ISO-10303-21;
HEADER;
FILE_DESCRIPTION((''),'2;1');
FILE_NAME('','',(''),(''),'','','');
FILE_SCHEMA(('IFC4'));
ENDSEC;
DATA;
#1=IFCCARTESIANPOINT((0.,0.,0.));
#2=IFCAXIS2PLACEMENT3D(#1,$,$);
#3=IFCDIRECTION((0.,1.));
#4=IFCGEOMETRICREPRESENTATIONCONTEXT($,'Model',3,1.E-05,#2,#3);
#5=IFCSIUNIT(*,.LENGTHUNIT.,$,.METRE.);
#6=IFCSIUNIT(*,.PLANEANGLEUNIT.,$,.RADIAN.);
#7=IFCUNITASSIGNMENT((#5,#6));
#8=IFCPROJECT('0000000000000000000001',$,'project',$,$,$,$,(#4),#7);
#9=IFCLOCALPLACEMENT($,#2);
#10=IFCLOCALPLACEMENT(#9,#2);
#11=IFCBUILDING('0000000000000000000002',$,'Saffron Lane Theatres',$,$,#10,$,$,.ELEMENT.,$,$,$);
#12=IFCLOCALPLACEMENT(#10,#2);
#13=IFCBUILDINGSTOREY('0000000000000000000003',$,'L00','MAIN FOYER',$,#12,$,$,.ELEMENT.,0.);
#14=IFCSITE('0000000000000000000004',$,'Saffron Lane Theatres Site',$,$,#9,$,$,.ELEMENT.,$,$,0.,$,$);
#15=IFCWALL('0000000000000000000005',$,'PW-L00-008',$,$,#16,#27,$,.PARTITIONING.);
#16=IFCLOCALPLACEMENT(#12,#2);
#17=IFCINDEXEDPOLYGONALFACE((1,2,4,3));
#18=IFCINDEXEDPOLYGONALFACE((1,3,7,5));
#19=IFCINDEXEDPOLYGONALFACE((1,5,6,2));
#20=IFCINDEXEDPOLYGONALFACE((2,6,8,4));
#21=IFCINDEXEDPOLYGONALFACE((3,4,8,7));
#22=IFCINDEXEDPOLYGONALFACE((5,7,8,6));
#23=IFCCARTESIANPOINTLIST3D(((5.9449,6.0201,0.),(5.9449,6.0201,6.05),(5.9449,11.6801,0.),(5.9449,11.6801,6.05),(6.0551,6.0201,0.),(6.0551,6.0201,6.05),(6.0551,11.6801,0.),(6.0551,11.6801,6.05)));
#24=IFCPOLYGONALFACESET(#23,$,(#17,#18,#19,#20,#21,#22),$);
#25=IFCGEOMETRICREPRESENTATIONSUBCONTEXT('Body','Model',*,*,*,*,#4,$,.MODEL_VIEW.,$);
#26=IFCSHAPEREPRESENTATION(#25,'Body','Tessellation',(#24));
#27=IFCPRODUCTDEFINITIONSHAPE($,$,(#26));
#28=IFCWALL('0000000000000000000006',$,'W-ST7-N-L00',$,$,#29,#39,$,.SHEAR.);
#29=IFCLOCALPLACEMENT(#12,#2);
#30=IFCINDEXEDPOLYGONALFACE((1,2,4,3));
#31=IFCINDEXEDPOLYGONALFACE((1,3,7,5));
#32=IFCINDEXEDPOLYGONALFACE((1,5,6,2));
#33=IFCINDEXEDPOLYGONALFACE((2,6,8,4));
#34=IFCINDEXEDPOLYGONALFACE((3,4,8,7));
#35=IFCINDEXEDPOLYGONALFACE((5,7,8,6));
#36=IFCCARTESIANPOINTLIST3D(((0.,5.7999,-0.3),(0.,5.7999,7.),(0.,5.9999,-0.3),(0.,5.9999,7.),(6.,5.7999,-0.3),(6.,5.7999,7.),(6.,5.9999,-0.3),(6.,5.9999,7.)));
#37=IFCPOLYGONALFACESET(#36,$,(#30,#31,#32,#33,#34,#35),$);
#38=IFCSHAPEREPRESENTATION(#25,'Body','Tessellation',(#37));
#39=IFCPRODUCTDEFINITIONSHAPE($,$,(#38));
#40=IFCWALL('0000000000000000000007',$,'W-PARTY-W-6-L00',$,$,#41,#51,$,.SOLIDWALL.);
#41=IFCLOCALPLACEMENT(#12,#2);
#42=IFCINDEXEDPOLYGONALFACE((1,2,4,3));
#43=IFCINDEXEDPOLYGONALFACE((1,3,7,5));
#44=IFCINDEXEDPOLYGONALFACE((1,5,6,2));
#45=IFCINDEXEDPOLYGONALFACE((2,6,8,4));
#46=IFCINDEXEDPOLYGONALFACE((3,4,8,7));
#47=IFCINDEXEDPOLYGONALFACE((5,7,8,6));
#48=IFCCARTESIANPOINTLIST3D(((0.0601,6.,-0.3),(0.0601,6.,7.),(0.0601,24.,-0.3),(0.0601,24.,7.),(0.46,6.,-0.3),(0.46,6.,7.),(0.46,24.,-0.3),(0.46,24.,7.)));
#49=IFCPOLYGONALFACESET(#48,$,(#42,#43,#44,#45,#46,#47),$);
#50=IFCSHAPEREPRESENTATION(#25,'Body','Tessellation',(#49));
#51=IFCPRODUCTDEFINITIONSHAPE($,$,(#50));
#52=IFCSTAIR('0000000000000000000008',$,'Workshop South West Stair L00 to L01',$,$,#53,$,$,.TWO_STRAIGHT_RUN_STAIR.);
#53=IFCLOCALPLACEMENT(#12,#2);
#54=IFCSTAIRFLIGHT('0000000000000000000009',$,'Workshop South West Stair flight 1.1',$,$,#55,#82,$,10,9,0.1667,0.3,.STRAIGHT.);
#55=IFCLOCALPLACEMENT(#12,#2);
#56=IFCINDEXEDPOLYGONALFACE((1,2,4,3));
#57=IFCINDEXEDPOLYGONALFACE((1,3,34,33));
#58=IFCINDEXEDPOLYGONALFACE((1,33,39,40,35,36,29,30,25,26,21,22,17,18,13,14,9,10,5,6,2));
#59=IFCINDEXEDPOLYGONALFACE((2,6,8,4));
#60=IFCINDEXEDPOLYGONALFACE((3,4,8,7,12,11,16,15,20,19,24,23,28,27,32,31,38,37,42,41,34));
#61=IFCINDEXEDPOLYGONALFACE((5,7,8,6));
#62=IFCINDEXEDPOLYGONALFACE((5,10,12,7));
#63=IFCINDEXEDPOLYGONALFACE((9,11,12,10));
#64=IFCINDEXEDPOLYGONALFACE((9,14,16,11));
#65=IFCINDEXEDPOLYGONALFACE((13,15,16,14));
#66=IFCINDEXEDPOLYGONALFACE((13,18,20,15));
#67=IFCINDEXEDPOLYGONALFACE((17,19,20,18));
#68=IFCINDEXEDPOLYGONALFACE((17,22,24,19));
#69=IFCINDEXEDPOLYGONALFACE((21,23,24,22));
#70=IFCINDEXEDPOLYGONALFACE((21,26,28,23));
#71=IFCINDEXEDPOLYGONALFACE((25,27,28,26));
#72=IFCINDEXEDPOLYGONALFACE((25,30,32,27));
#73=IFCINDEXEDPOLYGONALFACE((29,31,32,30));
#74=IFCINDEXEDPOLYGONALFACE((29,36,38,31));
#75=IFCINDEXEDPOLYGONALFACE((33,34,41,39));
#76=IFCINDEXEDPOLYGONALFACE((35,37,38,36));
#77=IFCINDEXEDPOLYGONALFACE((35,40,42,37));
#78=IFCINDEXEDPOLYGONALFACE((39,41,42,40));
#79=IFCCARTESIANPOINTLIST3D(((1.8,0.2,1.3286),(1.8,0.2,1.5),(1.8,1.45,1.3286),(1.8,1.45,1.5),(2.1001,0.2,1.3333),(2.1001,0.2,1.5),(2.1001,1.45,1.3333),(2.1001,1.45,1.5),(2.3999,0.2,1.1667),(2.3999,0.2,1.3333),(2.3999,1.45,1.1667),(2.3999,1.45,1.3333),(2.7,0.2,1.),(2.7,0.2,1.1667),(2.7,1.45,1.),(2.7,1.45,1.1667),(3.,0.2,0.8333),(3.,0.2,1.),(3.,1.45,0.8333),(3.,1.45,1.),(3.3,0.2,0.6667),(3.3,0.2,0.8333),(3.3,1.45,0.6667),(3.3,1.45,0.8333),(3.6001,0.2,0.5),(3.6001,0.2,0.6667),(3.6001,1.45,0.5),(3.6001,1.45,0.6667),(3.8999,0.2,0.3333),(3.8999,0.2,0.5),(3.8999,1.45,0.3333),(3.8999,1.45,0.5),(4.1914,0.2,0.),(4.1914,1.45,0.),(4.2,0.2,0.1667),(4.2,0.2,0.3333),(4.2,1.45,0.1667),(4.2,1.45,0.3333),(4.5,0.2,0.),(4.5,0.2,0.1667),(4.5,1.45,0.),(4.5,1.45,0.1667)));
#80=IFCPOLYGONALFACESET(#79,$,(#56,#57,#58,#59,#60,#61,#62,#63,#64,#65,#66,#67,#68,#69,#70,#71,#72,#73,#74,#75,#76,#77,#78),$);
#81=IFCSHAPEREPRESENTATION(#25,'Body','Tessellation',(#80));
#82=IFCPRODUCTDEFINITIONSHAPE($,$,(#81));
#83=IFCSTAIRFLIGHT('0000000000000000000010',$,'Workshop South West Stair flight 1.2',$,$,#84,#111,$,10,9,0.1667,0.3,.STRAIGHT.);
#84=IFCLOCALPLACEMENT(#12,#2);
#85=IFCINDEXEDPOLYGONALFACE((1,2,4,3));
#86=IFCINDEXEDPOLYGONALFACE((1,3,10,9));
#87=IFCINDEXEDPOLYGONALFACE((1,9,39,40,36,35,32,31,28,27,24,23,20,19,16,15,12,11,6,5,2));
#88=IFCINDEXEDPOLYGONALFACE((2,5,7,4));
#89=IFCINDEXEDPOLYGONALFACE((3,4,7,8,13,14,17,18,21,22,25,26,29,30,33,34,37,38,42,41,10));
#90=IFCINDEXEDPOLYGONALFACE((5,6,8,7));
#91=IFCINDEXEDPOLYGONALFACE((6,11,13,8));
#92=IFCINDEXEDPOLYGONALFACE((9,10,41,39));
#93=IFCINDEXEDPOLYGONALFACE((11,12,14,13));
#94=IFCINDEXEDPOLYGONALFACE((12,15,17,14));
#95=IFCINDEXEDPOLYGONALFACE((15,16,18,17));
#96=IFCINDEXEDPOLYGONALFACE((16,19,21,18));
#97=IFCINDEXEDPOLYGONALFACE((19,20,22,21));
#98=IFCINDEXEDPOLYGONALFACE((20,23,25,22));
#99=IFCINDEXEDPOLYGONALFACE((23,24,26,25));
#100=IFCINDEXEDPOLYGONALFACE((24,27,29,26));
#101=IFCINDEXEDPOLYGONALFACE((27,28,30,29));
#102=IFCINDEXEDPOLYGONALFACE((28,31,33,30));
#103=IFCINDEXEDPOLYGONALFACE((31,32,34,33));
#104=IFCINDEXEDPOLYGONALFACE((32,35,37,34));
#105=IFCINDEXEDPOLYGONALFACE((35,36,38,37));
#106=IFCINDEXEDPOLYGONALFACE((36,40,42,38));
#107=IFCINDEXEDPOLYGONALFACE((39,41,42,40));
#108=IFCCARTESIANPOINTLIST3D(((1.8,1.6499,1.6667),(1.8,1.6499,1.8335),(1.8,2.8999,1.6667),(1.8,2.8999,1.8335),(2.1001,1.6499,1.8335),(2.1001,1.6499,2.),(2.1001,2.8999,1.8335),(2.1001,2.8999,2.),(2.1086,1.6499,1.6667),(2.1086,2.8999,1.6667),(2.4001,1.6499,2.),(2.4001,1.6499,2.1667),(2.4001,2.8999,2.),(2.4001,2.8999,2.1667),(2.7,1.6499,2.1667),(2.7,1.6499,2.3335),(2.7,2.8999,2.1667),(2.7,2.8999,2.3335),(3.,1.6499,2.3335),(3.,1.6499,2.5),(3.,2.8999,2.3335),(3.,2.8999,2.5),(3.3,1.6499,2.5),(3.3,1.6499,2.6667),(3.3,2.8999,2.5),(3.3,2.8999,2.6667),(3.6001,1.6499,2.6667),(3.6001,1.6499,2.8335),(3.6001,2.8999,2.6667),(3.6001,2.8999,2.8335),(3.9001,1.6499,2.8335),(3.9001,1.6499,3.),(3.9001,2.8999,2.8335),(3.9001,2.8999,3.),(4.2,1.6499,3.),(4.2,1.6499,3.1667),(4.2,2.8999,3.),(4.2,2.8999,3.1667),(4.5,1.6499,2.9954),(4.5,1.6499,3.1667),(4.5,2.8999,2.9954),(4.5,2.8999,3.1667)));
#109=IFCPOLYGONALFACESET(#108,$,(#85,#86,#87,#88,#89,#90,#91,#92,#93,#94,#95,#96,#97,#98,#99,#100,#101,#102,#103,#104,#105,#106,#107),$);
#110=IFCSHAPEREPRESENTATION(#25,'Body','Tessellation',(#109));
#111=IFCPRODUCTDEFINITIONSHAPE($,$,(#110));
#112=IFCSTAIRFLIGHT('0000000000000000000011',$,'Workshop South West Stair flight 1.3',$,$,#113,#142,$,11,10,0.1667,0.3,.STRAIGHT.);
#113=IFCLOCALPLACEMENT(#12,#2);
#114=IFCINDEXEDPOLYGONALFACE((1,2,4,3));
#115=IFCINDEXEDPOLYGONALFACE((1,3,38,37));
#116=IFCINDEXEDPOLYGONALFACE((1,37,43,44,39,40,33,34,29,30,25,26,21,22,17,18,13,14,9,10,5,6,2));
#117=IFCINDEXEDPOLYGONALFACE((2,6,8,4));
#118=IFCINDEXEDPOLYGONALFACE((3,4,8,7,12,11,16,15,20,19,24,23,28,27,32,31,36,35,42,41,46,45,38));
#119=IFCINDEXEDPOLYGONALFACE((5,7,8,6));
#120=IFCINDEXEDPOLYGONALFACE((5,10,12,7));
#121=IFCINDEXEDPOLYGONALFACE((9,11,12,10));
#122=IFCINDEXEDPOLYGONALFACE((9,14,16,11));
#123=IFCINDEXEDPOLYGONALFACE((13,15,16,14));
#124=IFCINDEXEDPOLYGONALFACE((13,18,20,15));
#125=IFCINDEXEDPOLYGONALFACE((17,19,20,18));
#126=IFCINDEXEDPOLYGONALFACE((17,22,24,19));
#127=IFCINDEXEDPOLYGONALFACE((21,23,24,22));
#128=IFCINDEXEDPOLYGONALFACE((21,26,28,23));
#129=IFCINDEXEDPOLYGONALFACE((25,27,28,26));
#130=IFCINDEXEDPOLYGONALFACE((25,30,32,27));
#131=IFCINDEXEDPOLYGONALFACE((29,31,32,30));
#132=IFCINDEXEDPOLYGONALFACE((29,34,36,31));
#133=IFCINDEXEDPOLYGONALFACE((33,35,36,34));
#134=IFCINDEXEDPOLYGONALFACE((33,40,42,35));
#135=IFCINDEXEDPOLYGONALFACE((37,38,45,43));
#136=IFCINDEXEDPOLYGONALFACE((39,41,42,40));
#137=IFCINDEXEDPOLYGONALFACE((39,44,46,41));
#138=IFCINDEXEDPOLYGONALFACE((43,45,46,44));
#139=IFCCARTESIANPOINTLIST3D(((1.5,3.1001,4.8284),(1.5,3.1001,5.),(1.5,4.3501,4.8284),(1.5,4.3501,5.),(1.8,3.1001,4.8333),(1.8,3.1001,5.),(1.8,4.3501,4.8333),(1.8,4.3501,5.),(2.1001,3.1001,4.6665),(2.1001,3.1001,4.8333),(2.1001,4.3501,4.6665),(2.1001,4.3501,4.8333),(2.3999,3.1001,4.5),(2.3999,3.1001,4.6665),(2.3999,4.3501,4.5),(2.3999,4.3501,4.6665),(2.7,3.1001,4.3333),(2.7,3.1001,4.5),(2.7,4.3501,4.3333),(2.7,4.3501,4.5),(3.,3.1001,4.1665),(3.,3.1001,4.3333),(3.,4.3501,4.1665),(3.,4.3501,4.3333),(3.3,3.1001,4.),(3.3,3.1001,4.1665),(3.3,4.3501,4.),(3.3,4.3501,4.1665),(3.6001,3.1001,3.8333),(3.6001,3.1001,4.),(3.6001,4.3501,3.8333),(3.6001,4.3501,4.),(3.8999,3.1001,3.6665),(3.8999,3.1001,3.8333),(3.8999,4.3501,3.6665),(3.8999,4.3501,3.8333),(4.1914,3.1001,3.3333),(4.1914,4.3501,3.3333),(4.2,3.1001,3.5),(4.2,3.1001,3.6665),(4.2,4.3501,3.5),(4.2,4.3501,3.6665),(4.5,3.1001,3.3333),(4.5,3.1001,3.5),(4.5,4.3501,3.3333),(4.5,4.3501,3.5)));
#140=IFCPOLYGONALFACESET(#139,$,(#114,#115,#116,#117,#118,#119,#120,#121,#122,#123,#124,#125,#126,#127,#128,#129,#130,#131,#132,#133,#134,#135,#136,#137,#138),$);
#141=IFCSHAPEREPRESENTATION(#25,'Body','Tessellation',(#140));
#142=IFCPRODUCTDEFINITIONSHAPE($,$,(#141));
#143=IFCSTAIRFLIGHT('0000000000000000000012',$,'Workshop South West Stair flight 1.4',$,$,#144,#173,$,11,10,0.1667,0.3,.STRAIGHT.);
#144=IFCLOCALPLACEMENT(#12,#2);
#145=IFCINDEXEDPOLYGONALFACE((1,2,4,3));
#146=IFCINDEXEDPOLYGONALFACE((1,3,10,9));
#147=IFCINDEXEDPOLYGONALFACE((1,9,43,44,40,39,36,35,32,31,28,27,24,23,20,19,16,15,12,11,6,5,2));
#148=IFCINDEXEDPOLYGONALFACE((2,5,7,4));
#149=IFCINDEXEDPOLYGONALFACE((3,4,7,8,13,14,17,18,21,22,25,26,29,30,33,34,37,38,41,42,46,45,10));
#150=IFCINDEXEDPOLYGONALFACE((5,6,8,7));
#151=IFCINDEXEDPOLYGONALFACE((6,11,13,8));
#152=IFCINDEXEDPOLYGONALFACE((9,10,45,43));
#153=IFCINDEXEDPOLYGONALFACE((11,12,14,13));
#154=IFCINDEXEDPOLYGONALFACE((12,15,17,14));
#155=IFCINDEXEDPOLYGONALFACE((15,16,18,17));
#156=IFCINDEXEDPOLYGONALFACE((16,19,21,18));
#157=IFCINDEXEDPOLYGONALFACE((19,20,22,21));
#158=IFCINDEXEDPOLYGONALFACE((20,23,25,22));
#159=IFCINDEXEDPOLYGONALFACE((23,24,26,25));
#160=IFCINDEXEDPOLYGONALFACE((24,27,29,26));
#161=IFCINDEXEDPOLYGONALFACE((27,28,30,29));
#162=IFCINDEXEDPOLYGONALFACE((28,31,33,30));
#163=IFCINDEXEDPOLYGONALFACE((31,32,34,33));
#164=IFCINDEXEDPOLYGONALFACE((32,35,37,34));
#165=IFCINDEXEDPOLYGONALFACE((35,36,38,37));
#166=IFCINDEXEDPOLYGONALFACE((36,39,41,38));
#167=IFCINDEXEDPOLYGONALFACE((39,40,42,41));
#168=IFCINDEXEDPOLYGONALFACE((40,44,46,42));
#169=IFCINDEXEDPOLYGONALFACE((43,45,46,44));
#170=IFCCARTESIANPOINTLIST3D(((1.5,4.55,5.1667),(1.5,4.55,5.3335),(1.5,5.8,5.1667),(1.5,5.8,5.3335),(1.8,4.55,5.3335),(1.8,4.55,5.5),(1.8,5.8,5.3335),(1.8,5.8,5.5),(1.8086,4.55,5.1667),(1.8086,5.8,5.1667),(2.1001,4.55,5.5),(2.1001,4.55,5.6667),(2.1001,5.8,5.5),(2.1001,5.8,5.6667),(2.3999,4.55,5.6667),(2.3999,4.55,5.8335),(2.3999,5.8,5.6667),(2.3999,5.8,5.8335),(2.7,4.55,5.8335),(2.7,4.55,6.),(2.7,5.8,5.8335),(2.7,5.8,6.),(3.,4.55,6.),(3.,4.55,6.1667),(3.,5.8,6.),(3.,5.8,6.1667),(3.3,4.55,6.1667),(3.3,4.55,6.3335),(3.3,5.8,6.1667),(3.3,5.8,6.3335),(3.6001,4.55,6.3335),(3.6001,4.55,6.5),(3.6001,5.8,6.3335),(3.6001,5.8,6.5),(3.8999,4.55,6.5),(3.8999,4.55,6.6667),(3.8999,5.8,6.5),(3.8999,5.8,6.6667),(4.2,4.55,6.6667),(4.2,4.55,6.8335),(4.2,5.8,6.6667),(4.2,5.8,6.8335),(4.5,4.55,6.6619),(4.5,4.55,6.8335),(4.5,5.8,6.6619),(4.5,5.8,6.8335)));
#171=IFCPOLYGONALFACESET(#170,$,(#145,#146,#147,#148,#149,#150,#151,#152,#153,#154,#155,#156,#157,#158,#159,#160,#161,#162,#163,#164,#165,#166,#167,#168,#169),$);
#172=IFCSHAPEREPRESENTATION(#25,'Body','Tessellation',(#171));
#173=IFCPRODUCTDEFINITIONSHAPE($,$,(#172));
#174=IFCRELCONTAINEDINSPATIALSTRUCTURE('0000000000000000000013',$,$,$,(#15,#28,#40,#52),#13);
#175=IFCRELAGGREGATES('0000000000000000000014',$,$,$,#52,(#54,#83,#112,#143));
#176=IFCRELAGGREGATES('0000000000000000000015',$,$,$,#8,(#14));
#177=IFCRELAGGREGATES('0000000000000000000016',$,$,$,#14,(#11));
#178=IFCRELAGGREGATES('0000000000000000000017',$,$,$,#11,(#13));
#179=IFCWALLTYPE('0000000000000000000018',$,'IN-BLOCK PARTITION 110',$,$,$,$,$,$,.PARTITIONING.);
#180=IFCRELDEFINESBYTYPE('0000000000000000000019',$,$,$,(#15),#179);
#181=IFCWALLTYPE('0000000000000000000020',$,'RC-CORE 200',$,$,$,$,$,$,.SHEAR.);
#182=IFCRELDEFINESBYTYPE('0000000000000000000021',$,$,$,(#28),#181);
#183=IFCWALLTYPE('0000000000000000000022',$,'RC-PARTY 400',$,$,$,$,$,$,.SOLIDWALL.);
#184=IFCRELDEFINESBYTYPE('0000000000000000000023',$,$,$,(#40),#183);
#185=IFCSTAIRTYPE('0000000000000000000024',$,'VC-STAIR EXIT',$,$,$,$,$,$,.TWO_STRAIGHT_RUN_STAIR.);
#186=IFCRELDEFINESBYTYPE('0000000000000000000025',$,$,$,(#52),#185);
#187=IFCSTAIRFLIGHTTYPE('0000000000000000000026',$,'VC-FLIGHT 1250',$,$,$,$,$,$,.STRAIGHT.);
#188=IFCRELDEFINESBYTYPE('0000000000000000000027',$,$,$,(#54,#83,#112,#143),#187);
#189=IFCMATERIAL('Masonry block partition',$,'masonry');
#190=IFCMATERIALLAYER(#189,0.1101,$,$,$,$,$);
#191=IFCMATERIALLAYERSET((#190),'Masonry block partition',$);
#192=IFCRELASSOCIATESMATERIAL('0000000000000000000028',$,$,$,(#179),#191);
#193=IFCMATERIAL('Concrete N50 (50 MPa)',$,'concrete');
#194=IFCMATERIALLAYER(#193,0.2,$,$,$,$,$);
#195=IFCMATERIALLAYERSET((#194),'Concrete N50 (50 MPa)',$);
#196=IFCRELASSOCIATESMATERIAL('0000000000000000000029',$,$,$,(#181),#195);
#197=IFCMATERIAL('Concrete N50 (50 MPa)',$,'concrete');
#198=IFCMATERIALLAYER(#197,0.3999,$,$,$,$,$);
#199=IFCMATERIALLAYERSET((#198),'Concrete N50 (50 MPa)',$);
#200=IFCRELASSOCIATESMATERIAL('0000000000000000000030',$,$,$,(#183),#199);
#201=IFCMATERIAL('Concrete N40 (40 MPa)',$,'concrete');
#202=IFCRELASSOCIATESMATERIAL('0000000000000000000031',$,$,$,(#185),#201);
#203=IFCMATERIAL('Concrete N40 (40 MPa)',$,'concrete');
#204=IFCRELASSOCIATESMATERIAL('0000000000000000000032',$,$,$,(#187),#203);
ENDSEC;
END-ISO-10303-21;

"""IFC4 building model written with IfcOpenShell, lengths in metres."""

from ifc_helpers import new_model, si_unit, direction, frame, frame_2d, origin, place, context, subcontext, project, spatial, polyline, rectangle, outline, extrude, material, layer, layer_set, type_object, element, aggregate, save


model = new_model("IFC4")

# Units and contexts
model_context = context("Model", 3, precision=1e-05, world=origin(), true_north=direction((0.0, 1.0)))
body_context = subcontext(model_context, "Body", "Model", "MODEL_VIEW")
ifc_project = project(units=[si_unit("LENGTHUNIT", "METRE"), si_unit("PLANEANGLEUNIT", "RADIAN")], contexts=[model_context])

# Site, building, storey
site_placement = place(None, origin())
site = spatial("IfcSite", under=ifc_project, at=site_placement, Name="Saffron Lane Theatres Site", CompositionType="ELEMENT", RefElevation=0.0)
building_placement = place(site_placement, origin())
building = spatial("IfcBuilding", under=site, at=building_placement, Name="Saffron Lane Theatres", CompositionType="ELEMENT")
storey_placement = place(building_placement, origin())
storey = spatial("IfcBuildingStorey", under=building, at=storey_placement, Name="L00", Description="MAIN FOYER", CompositionType="ELEMENT", Elevation=0.0)

# Walls
ifc_material_1 = material(Name="Masonry block partition", Category="masonry")
ifc_layer_1 = layer(ifc_material_1, 0.1101)
ifc_layer_set_1 = layer_set([ifc_layer_1], Name="Masonry block partition")
wall_type_1 = type_object("IfcWallType", Name="IN-BLOCK PARTITION 110", PredefinedType="PARTITIONING", material=ifc_layer_set_1)
wall_1_placement = place(storey_placement, frame((6.0, 6.02, 0.0), z_axis=(0.0, 0.0, 1.0), x_axis=(0.0, 1.0, 0.0)))
element("IfcWall", 1, at=wall_1_placement, inside=storey, type_object=wall_type_1, Name="PW-L00-008", PredefinedType="PARTITIONING", context=body_context, shape_type="SweptSolid", body=[
    extrude(rectangle(XDim=5.6599, YDim=0.1101, at=frame_2d((2.8301, 0.0))), origin(), (0.0, 0.0, 1.0), 6.05),
])
ifc_material_2 = material(Name="Concrete N50 (50 MPa)", Category="concrete")
ifc_layer_2 = layer(ifc_material_2, 0.2)
ifc_layer_set_2 = layer_set([ifc_layer_2], Name="Concrete N50 (50 MPa)")
wall_type_2 = type_object("IfcWallType", Name="RC-CORE 200", PredefinedType="SHEAR", material=ifc_layer_set_2)
wall_2_placement = place(storey_placement, frame((0.0, 5.8999, -0.3), z_axis=(0.0, 0.0, 1.0), x_axis=(1.0, 0.0, 0.0)))
element("IfcWall", 2, at=wall_2_placement, inside=storey, type_object=wall_type_2, Name="W-ST7-N-L00", PredefinedType="SHEAR", context=body_context, shape_type="SweptSolid", body=[
    extrude(rectangle(XDim=6.0, YDim=0.2, at=frame_2d((3.0, 0.0))), origin(), (0.0, 0.0, 1.0), 7.3),
])
ifc_material_3 = material(Name="Concrete N50 (50 MPa)", Category="concrete")
ifc_layer_3 = layer(ifc_material_3, 0.3999)
ifc_layer_set_3 = layer_set([ifc_layer_3], Name="Concrete N50 (50 MPa)")
wall_type_3 = type_object("IfcWallType", Name="RC-PARTY 400", PredefinedType="SOLIDWALL", material=ifc_layer_set_3)
wall_3_placement = place(storey_placement, frame((0.26, 6.0, -0.3), z_axis=(0.0, 0.0, 1.0), x_axis=(0.0, 1.0, 0.0)))
element("IfcWall", 3, at=wall_3_placement, inside=storey, type_object=wall_type_3, Name="W-PARTY-W-6-L00", PredefinedType="SOLIDWALL", context=body_context, shape_type="SweptSolid", body=[
    extrude(rectangle(XDim=18.0, YDim=0.3999, at=frame_2d((9.0, 0.0))), origin(), (0.0, 0.0, 1.0), 7.3),
])

# Stair, stair flights
ifc_material_4 = material(Name="Concrete N40 (40 MPa)", Category="concrete")
stair_type = type_object("IfcStairType", Name="VC-STAIR EXIT", PredefinedType="TWO_STRAIGHT_RUN_STAIR", material=ifc_material_4)
stair_placement = place(storey_placement, origin())
stair = element("IfcStair", 4, at=stair_placement, inside=storey, type_object=stair_type, Name="Workshop South West Stair L00 to L01", PredefinedType="TWO_STRAIGHT_RUN_STAIR")
ifc_material_5 = material(Name="Concrete N40 (40 MPa)", Category="concrete")
stair_flight_type = type_object("IfcStairFlightType", Name="VC-FLIGHT 1250", PredefinedType="STRAIGHT", material=ifc_material_5)
stair_flight_1_placement = place(storey_placement, frame((4.5, 0.825, 0.0), z_axis=(0.0, 0.0, 1.0), x_axis=(-1.0, 0.0, 0.0)))
stair_flight_1 = element("IfcStairFlight", 5, at=stair_flight_1_placement, type_object=stair_flight_type, Name="Workshop South West Stair flight 1.1", NumberOfRisers=10, NumberOfTreads=9, PredefinedType="STRAIGHT", RiserHeight=0.1667, TreadLength=0.3, context=body_context, shape_type="SweptSolid", body=[
    extrude(outline(polyline([(0.0, 0.0), (0.0, 0.1667), (0.3, 0.1667), (0.3, 0.3333), (0.6001, 0.3333), (0.6001, 0.5), (0.8999, 0.5), (0.8999, 0.6667), (1.2, 0.6667), (1.2, 0.8333), (1.5, 0.8333), (1.5, 1.0), (1.8, 1.0), (1.8, 1.1667), (2.1001, 1.1667), (2.1001, 1.3333), (2.3999, 1.3333), (2.3999, 1.5), (2.7, 1.5), (2.7, 1.6667), (2.7, 1.3286), (0.3086, 0.0), (0.0, 0.0)])), frame((0.0, 0.625, 0.0), z_axis=(0.0, -1.0, 0.0), x_axis=(1.0, 0.0, 0.0)), (0.0, 0.0, 1.0), 1.25),
])
stair_flight_2_placement = place(storey_placement, frame((1.8, 2.2749, 1.6667), z_axis=(0.0, 0.0, 1.0), x_axis=(1.0, 0.0, 0.0)))
stair_flight_2 = element("IfcStairFlight", 6, at=stair_flight_2_placement, type_object=stair_flight_type, Name="Workshop South West Stair flight 1.2", NumberOfRisers=10, NumberOfTreads=9, PredefinedType="STRAIGHT", RiserHeight=0.1667, TreadLength=0.3, context=body_context, shape_type="SweptSolid", body=[
    extrude(outline(polyline([(0.0, 0.0), (0.0, 0.1667), (0.3, 0.1667), (0.3, 0.3333), (0.6001, 0.3333), (0.6001, 0.5), (0.8999, 0.5), (0.8999, 0.6667), (1.2, 0.6667), (1.2, 0.8333), (1.5, 0.8333), (1.5, 1.0), (1.8, 1.0), (1.8, 1.1667), (2.1001, 1.1667), (2.1001, 1.3333), (2.3999, 1.3333), (2.3999, 1.5), (2.7, 1.5), (2.7, 1.6667), (2.7, 1.3286), (0.3086, 0.0), (0.0, 0.0)])), frame((0.0, 0.625, 0.0), z_axis=(0.0, -1.0, 0.0), x_axis=(1.0, 0.0, 0.0)), (0.0, 0.0, 1.0), 1.25),
])
stair_flight_3_placement = place(storey_placement, frame((4.5, 3.7251, 3.3333), z_axis=(0.0, 0.0, 1.0), x_axis=(-1.0, 0.0, 0.0)))
stair_flight_3 = element("IfcStairFlight", 7, at=stair_flight_3_placement, type_object=stair_flight_type, Name="Workshop South West Stair flight 1.3", NumberOfRisers=11, NumberOfTreads=10, PredefinedType="STRAIGHT", RiserHeight=0.1667, TreadLength=0.3, context=body_context, shape_type="SweptSolid", body=[
    extrude(outline(polyline([(0.0, 0.0), (0.0, 0.1667), (0.3, 0.1667), (0.3, 0.3333), (0.6001, 0.3333), (0.6001, 0.5), (0.8999, 0.5), (0.8999, 0.6667), (1.2, 0.6667), (1.2, 0.8333), (1.5, 0.8333), (1.5, 1.0), (1.8, 1.0), (1.8, 1.1667), (2.1001, 1.1667), (2.1001, 1.3333), (2.3999, 1.3333), (2.3999, 1.5), (2.7, 1.5), (2.7, 1.6667), (3.0, 1.6667), (3.0, 1.8333), (3.0, 1.4951), (0.3086, 0.0), (0.0, 0.0)])), frame((0.0, 0.625, 0.0), z_axis=(0.0, -1.0, 0.0), x_axis=(1.0, 0.0, 0.0)), (0.0, 0.0, 1.0), 1.25),
])
stair_flight_4_placement = place(storey_placement, frame((1.5, 5.175, 5.1667), z_axis=(0.0, 0.0, 1.0), x_axis=(1.0, 0.0, 0.0)))
stair_flight_4 = element("IfcStairFlight", 8, at=stair_flight_4_placement, type_object=stair_flight_type, Name="Workshop South West Stair flight 1.4", NumberOfRisers=11, NumberOfTreads=10, PredefinedType="STRAIGHT", RiserHeight=0.1667, TreadLength=0.3, context=body_context, shape_type="SweptSolid", body=[
    extrude(outline(polyline([(0.0, 0.0), (0.0, 0.1667), (0.3, 0.1667), (0.3, 0.3333), (0.6001, 0.3333), (0.6001, 0.5), (0.8999, 0.5), (0.8999, 0.6667), (1.2, 0.6667), (1.2, 0.8333), (1.5, 0.8333), (1.5, 1.0), (1.8, 1.0), (1.8, 1.1667), (2.1001, 1.1667), (2.1001, 1.3333), (2.3999, 1.3333), (2.3999, 1.5), (2.7, 1.5), (2.7, 1.6667), (3.0, 1.6667), (3.0, 1.8333), (3.0, 1.4951), (0.3086, 0.0), (0.0, 0.0)])), frame((0.0, 0.625, 0.0), z_axis=(0.0, -1.0, 0.0), x_axis=(1.0, 0.0, 0.0)), (0.0, 0.0, 1.0), 1.25),
])
aggregate(stair, [stair_flight_1, stair_flight_2, stair_flight_3, stair_flight_4])

save(model, "model.ifc")
